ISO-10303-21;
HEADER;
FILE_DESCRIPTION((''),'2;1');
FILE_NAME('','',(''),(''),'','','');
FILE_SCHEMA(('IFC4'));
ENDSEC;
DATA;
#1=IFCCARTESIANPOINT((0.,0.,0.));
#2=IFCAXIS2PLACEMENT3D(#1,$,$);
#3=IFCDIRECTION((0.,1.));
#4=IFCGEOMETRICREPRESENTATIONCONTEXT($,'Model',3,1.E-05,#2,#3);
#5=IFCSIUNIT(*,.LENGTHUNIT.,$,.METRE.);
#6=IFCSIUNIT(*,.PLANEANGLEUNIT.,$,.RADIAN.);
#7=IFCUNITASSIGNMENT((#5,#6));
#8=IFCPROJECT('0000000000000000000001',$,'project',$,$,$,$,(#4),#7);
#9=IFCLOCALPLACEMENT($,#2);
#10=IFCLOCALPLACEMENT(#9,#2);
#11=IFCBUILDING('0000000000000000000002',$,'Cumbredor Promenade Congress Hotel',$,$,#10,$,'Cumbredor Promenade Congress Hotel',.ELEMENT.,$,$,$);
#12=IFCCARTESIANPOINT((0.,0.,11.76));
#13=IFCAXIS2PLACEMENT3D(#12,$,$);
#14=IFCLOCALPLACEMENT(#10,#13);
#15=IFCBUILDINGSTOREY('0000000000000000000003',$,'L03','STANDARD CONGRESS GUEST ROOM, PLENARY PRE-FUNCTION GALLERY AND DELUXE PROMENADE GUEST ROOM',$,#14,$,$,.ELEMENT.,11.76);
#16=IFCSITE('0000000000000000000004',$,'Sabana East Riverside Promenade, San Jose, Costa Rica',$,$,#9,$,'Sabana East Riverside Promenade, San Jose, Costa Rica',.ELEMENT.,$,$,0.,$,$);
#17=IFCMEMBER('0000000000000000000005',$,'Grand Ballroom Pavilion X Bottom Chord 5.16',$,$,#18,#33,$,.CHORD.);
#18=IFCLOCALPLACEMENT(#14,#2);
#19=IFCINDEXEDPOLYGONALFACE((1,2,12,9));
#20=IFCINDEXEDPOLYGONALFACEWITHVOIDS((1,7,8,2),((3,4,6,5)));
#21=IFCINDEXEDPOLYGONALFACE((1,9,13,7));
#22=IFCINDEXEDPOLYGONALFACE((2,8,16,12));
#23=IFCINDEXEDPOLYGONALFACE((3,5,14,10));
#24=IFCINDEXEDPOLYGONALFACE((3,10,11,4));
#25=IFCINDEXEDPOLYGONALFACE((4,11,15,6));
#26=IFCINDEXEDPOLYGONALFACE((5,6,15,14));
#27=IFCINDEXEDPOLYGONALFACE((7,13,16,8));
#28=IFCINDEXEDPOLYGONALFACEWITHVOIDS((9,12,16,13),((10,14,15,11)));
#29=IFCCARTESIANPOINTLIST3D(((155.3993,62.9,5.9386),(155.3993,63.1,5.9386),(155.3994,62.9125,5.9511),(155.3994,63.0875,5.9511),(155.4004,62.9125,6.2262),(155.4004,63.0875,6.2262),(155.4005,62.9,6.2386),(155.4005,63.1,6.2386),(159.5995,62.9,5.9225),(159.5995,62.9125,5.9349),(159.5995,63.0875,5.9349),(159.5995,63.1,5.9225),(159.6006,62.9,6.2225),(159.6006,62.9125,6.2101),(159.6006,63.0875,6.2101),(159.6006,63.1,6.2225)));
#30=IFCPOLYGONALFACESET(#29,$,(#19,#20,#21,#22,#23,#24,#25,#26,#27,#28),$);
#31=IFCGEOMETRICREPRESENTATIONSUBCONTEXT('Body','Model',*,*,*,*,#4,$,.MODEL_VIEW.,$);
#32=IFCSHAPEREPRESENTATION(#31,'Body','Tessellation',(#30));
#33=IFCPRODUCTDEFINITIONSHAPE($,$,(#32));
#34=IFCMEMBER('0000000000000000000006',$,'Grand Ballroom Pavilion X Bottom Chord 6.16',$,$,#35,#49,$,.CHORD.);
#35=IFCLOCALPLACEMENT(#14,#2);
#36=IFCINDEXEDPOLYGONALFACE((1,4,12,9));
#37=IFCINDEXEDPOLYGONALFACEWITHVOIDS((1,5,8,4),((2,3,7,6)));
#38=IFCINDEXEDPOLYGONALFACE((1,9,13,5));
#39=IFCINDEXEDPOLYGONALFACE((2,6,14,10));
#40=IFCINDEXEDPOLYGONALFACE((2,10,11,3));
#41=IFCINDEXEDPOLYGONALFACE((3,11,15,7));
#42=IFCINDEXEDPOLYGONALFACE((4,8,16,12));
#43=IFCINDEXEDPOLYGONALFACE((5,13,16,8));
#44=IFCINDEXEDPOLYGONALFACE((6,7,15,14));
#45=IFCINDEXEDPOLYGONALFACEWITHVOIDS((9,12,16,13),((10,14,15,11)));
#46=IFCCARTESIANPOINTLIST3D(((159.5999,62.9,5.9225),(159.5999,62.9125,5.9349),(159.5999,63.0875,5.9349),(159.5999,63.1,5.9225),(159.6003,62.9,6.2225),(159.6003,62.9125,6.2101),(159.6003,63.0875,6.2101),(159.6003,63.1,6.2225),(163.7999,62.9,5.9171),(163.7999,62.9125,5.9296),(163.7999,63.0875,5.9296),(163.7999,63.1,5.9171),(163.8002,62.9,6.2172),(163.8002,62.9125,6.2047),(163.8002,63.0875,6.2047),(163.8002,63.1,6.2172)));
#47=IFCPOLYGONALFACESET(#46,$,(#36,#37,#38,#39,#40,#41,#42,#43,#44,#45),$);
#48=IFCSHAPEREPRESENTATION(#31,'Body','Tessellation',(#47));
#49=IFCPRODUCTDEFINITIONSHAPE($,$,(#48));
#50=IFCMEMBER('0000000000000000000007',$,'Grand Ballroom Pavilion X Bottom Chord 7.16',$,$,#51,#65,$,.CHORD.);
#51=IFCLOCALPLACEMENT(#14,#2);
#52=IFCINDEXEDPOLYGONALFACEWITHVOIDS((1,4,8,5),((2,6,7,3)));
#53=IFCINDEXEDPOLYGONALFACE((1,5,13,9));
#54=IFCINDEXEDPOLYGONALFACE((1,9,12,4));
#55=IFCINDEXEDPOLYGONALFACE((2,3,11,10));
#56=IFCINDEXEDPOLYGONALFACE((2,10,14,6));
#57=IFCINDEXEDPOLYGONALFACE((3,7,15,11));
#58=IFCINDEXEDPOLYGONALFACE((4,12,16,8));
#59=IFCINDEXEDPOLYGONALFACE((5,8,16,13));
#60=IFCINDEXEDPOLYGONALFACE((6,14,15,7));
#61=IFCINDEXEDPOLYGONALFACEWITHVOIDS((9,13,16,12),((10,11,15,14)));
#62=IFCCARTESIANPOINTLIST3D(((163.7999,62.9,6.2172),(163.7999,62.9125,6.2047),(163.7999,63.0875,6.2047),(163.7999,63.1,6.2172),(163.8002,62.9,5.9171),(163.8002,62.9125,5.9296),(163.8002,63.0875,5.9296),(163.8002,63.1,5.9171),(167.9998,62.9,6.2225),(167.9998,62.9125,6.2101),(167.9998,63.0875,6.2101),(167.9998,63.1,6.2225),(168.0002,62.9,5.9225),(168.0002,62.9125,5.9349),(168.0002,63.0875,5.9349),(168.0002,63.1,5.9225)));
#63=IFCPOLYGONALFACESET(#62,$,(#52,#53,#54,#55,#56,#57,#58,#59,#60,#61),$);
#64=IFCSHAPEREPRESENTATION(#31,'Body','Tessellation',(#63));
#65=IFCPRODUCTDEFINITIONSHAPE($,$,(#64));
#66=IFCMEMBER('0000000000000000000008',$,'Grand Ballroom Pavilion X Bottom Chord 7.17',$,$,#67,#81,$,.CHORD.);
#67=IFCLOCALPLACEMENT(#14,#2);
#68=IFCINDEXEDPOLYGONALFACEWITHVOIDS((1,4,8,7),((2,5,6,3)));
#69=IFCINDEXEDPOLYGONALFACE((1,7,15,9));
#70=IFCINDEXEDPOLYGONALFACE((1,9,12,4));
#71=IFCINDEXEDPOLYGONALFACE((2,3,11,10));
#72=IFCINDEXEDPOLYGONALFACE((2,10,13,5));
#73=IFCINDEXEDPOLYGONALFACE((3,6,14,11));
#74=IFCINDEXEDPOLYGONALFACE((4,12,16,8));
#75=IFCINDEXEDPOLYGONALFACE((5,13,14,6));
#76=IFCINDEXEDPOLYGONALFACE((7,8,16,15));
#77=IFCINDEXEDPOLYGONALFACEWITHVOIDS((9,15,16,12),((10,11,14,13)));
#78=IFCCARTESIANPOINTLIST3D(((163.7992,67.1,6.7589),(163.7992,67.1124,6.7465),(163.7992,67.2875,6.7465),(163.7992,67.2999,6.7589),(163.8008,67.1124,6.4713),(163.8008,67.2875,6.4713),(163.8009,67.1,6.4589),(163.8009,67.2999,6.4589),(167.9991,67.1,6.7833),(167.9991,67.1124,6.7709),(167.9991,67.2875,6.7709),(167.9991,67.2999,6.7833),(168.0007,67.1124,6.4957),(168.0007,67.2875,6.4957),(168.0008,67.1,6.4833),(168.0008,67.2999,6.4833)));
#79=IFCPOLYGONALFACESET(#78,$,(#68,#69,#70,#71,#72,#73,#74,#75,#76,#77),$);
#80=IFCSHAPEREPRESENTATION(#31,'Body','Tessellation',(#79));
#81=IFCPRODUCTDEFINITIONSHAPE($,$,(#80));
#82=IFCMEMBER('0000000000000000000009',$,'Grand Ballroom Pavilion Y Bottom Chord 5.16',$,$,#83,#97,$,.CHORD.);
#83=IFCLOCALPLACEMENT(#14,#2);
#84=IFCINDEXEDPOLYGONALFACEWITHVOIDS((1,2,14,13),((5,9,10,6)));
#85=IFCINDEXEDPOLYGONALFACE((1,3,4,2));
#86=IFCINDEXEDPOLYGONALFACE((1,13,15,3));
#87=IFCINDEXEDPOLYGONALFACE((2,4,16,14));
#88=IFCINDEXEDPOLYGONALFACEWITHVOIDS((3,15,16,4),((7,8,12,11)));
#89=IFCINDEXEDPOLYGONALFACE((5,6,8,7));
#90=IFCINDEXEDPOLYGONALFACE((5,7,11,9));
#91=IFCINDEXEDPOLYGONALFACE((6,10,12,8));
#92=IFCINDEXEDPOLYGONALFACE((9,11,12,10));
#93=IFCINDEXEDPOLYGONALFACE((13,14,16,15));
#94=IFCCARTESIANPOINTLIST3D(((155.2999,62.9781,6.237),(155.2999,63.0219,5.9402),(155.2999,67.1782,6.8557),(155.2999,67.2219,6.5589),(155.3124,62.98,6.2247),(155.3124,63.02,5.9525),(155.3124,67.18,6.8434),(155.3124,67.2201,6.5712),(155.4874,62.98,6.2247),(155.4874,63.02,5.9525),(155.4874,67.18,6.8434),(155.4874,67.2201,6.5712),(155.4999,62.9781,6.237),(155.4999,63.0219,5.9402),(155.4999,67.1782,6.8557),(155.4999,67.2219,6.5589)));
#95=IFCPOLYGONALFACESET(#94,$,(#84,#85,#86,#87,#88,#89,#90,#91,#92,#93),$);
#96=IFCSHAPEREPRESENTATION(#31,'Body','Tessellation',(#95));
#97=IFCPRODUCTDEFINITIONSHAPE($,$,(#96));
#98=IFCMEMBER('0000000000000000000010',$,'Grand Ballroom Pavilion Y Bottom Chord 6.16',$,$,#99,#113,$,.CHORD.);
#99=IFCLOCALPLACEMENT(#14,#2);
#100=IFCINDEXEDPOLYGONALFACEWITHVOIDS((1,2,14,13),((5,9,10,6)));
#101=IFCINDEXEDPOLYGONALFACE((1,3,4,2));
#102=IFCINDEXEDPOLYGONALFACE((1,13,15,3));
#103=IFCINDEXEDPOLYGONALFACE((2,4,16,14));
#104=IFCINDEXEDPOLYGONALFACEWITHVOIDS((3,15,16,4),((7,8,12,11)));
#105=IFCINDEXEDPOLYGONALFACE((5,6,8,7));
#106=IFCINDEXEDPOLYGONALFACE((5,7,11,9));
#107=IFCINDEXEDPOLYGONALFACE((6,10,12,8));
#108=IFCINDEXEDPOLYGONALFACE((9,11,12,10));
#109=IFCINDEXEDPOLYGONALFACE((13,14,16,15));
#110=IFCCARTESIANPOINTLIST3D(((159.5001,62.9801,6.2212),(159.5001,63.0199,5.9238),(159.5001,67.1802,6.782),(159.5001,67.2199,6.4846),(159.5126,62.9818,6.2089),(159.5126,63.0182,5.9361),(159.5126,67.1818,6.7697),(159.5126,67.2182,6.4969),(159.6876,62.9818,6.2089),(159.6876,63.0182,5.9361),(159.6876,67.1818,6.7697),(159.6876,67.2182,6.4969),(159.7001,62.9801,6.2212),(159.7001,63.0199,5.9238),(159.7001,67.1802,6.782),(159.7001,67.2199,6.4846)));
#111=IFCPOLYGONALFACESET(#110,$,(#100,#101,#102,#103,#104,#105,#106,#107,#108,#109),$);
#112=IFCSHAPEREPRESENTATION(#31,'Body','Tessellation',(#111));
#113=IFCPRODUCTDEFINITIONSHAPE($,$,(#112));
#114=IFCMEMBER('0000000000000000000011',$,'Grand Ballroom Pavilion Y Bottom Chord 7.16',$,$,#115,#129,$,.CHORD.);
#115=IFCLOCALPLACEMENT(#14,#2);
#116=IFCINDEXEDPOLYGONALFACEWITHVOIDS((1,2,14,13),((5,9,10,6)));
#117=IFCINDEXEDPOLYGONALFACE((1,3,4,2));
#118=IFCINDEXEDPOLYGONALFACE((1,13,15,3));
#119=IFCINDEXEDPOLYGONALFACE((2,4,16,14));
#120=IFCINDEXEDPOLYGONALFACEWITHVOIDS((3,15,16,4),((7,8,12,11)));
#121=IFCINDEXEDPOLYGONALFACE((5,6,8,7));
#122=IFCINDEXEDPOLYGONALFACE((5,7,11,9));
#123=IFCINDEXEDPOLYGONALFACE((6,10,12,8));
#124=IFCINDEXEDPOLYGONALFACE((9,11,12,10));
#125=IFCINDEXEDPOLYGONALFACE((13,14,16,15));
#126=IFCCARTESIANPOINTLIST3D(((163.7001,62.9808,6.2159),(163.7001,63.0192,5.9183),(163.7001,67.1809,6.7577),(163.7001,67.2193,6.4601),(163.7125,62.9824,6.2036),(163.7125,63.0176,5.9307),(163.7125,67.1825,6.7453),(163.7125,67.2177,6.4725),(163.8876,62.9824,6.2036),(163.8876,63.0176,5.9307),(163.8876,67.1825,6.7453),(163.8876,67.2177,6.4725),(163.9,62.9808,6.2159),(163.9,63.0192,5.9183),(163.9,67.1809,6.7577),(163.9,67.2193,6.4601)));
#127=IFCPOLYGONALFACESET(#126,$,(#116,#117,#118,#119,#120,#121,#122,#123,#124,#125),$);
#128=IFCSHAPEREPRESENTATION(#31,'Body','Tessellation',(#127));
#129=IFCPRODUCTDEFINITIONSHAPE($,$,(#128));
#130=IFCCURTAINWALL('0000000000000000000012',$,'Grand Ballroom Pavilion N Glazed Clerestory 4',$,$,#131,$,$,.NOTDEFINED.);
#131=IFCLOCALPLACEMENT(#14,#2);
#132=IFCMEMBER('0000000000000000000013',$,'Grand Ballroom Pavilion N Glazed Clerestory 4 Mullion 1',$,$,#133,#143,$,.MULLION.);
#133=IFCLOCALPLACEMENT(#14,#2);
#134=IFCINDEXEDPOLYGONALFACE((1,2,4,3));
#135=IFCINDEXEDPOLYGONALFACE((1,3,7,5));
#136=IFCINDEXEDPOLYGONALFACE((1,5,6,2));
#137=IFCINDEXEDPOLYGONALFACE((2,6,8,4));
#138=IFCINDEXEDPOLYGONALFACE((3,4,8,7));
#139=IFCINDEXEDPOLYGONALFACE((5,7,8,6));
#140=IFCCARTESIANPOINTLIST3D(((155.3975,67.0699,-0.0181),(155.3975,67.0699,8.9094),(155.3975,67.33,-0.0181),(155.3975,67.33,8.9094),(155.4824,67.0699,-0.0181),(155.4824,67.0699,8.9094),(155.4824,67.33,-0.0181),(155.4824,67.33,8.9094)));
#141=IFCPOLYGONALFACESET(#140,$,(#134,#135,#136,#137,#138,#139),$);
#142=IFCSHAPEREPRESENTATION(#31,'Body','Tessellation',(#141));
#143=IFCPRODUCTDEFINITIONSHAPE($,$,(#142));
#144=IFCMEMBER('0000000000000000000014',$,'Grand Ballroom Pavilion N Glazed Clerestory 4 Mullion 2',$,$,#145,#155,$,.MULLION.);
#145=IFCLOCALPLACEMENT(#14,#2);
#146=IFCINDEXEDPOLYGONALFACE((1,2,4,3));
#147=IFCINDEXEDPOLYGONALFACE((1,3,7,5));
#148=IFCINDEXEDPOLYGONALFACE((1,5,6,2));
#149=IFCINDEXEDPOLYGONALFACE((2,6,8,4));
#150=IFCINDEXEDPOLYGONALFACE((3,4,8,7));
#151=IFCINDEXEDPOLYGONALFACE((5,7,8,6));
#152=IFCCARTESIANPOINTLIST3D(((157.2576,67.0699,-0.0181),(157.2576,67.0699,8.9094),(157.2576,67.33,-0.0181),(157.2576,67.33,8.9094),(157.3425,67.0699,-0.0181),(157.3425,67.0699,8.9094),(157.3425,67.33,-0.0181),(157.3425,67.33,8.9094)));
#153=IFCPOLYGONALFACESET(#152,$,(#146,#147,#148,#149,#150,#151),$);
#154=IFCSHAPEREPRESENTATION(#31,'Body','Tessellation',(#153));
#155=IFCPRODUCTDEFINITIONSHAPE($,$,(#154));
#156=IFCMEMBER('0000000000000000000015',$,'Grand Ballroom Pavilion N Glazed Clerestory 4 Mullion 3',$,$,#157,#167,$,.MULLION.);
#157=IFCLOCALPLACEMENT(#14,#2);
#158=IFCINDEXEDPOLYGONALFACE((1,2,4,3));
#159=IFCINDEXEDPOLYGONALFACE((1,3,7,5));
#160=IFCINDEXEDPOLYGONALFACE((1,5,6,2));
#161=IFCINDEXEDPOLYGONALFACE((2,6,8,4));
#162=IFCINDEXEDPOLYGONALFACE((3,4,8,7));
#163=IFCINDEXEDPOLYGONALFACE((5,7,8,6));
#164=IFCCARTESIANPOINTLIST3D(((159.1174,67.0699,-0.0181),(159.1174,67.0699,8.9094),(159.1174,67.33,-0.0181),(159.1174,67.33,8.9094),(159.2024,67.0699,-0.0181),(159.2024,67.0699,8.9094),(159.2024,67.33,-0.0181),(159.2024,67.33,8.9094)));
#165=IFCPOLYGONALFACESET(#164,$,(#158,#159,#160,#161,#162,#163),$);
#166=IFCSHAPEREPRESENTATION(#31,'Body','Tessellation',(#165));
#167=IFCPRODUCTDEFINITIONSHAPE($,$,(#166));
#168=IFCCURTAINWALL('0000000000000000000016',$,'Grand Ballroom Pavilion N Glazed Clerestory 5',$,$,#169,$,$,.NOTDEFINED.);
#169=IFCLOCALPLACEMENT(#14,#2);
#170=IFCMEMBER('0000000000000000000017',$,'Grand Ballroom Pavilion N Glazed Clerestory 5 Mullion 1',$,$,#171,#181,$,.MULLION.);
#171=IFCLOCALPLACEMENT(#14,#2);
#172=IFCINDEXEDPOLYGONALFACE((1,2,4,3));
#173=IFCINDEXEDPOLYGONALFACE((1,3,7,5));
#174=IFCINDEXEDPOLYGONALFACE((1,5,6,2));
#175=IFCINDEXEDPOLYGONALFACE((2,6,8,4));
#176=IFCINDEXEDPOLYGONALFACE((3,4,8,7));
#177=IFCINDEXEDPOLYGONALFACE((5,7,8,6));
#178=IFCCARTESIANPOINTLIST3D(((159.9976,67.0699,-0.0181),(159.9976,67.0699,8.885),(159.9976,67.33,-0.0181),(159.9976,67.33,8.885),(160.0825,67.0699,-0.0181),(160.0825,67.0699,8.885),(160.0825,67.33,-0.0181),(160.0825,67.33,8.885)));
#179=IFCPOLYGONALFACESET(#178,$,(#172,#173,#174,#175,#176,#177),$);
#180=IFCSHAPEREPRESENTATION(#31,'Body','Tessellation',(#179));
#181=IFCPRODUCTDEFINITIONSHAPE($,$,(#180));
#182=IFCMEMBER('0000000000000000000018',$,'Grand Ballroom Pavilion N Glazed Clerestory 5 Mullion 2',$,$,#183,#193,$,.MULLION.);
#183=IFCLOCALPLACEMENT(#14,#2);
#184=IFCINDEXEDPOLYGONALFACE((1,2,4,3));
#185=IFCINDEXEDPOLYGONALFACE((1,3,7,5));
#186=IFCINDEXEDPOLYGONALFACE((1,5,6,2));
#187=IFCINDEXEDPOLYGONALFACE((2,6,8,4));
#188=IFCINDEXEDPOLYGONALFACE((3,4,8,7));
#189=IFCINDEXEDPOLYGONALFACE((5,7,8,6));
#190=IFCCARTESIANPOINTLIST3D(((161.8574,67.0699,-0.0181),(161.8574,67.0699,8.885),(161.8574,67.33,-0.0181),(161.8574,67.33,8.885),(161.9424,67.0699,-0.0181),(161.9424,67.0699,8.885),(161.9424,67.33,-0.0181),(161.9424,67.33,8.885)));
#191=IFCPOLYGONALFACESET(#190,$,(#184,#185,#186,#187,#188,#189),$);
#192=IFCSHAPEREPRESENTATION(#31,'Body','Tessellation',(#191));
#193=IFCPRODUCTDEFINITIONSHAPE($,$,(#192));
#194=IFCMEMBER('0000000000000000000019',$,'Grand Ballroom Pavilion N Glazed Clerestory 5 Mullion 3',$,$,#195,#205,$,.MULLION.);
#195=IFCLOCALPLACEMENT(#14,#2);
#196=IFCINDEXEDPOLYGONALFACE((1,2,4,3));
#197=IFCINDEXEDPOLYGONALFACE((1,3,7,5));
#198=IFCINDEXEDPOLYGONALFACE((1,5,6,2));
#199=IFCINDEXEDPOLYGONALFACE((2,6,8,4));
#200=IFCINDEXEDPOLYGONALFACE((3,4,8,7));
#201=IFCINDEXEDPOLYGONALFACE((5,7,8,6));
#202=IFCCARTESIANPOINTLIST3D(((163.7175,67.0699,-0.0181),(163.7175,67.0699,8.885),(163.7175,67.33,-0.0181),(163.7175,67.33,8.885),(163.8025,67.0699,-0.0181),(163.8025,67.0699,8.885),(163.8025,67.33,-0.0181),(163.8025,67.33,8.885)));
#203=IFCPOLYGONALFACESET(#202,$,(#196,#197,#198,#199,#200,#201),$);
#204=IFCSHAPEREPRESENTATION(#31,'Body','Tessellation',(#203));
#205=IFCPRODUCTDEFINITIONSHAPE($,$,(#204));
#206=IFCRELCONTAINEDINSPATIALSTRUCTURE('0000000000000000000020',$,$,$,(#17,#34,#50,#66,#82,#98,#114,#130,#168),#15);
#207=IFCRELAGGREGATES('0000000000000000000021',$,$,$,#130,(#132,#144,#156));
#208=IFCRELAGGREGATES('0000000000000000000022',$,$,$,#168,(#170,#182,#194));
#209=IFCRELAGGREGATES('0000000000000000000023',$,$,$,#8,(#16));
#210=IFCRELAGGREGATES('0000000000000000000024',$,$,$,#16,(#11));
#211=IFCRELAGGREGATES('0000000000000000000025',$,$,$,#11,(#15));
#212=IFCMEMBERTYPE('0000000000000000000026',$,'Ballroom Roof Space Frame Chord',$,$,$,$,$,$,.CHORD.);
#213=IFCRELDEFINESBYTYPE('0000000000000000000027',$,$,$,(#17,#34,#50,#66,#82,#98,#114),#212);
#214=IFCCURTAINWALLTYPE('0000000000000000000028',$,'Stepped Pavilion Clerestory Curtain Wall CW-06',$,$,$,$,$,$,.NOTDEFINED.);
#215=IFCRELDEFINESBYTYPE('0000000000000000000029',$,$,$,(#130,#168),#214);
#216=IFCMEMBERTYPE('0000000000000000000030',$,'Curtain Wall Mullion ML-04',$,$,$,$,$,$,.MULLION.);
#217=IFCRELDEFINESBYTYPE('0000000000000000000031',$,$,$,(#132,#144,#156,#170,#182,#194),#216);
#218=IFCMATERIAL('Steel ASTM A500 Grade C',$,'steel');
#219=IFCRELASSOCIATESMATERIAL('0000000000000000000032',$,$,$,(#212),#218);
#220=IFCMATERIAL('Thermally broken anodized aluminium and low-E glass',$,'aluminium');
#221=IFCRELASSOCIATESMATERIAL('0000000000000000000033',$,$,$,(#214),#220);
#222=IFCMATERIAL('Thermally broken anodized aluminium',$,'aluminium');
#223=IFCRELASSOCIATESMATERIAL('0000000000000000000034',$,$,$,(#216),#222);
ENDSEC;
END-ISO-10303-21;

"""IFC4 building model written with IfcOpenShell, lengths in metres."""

from ifc_helpers import new_model, si_unit, direction, frame, origin, origin_2d, place, context, subcontext, project, spatial, rectangle, hollow_rectangle, extrude, material, material_profile, profile_set, type_object, element, aggregate, save


model = new_model("IFC4")

# Units and contexts
model_context = context("Model", 3, precision=1e-05, world=origin(), true_north=direction((0.0, 1.0)))
body_context = subcontext(model_context, "Body", "Model", "MODEL_VIEW")
ifc_project = project(units=[si_unit("LENGTHUNIT", "METRE"), si_unit("PLANEANGLEUNIT", "RADIAN")], contexts=[model_context])

# Site, building, storey
site_placement = place(None, origin())
site = spatial("IfcSite", under=ifc_project, at=site_placement, Name="Sabana East Riverside Promenade, San Jose, Costa Rica", LongName="Sabana East Riverside Promenade, San Jose, Costa Rica", CompositionType="ELEMENT", RefElevation=0.0)
building_placement = place(site_placement, origin())
building = spatial("IfcBuilding", under=site, at=building_placement, Name="Cumbredor Promenade Congress Hotel", LongName="Cumbredor Promenade Congress Hotel", CompositionType="ELEMENT")
storey_placement = place(building_placement, frame((0.0, 0.0, 11.76)))
storey = spatial("IfcBuildingStorey", under=building, at=storey_placement, Name="L03", Description="STANDARD CONGRESS GUEST ROOM, PLENARY PRE-FUNCTION GALLERY AND DELUXE PROMENADE GUEST ROOM", CompositionType="ELEMENT", Elevation=11.76)

# Members
ifc_material_1 = material(Name="Steel ASTM A500 Grade C", Category="steel")
ifc_material_profile_1 = material_profile(ifc_material_1, hollow_rectangle(XDim=0.2, YDim=0.3, WallThickness=0.0125, at=origin_2d()), Name="HSS 300x200x12.5")
ifc_profile_set_1 = profile_set([ifc_material_profile_1], Name="Steel ASTM A500 Grade C")
member_type_1 = type_object("IfcMemberType", Name="Ballroom Roof Space Frame Chord", PredefinedType="CHORD", material=ifc_profile_set_1)
member_1_placement = place(storey_placement, frame((155.3999, 63.0, 6.0886), z_axis=(0.999993, 0.0, -0.003836), x_axis=(0.0, 1.0, 0.0)))
element("IfcMember", 1, at=member_1_placement, inside=storey, type_object=member_type_1, Name="Grand Ballroom Pavilion X Bottom Chord 5.16", PredefinedType="CHORD", context=body_context, shape_type="SweptSolid", body=[
    extrude(hollow_rectangle(XDim=0.2, YDim=0.3, WallThickness=0.0125, at=origin_2d()), origin(), (0.0, 0.0, 1.0), 4.2002),
])
for number, where, z_axis, x_axis, name in (
    (2, (159.6001, 63.0, 6.0725), (0.999999, 0.0, -0.001279), (0.0, 1.0, 0.0), "Grand Ballroom Pavilion X Bottom Chord 6.16"),
    (3, (163.8, 63.0, 6.0671), (0.999999, 0.0, 0.001279), (0.0, 1.0, 0.0), "Grand Ballroom Pavilion X Bottom Chord 7.16"),
    (4, (163.8, 67.2, 6.6089), (0.999983, 0.0, 0.005813), (0.0, 1.0, 0.0), "Grand Ballroom Pavilion X Bottom Chord 7.17"),
):
    element("IfcMember", number, at=place(storey_placement, frame(where, z_axis=z_axis, x_axis=x_axis)), inside=storey, type_object=member_type_1, Name=name, PredefinedType="CHORD", context=body_context, shape_type="SweptSolid", body=[
        extrude(hollow_rectangle(XDim=0.2, YDim=0.3, WallThickness=0.0125, at=origin_2d()), origin(), (0.0, 0.0, 1.0), 4.2),
    ])
member_2_placement = place(storey_placement, frame((155.3999, 63.0, 6.0886), z_axis=(0.0, 0.989325, 0.145727), x_axis=(-1.0, 0.0, 0.0)))
element("IfcMember", 5, at=member_2_placement, inside=storey, type_object=member_type_1, Name="Grand Ballroom Pavilion Y Bottom Chord 5.16", PredefinedType="CHORD", context=body_context, shape_type="SweptSolid", body=[
    extrude(hollow_rectangle(XDim=0.2, YDim=0.3, WallThickness=0.0125, at=origin_2d()), origin(), (0.0, 0.0, 1.0), 4.2454),
])
member_3_placement = place(storey_placement, frame((159.6001, 63.0, 6.0725), z_axis=(0.0, 0.991203, 0.132349), x_axis=(-1.0, 0.0, 0.0)))
element("IfcMember", 6, at=member_3_placement, inside=storey, type_object=member_type_1, Name="Grand Ballroom Pavilion Y Bottom Chord 6.16", PredefinedType="CHORD", context=body_context, shape_type="SweptSolid", body=[
    extrude(hollow_rectangle(XDim=0.2, YDim=0.3, WallThickness=0.0125, at=origin_2d()), origin(), (0.0, 0.0, 1.0), 4.2373),
])
member_4_placement = place(storey_placement, frame((163.8, 63.0, 6.0671), z_axis=(0.0, 0.991783, 0.127929), x_axis=(-1.0, 0.0, 0.0)))
element("IfcMember", 7, at=member_4_placement, inside=storey, type_object=member_type_1, Name="Grand Ballroom Pavilion Y Bottom Chord 7.16", PredefinedType="CHORD", context=body_context, shape_type="SweptSolid", body=[
    extrude(hollow_rectangle(XDim=0.2, YDim=0.3, WallThickness=0.0125, at=origin_2d()), origin(), (0.0, 0.0, 1.0), 4.2349),
])

# Curtain walls, members
ifc_material_2 = material(Name="Thermally broken anodized aluminium and low-E glass", Category="aluminium")
curtain_wall_type = type_object("IfcCurtainWallType", Name="Stepped Pavilion Clerestory Curtain Wall CW-06", PredefinedType="NOTDEFINED", material=ifc_material_2)
curtain_wall_1_placement = place(storey_placement, origin())
curtain_wall_1 = element("IfcCurtainWall", 8, at=curtain_wall_1_placement, inside=storey, type_object=curtain_wall_type, Name="Grand Ballroom Pavilion N Glazed Clerestory 4", PredefinedType="NOTDEFINED")
ifc_material_3 = material(Name="Thermally broken anodized aluminium", Category="aluminium")
ifc_material_profile_2 = material_profile(ifc_material_3, rectangle(XDim=0.085, YDim=0.26, at=origin_2d()), Name="ALU MULLION CLERESTORY 85x260")
ifc_profile_set_2 = profile_set([ifc_material_profile_2], Name="Thermally broken anodized aluminium")
member_type_2 = type_object("IfcMemberType", Name="Curtain Wall Mullion ML-04", PredefinedType="MULLION", material=ifc_profile_set_2)
member_5_placement = place(storey_placement, frame((155.4399, 67.2, -0.0181), z_axis=(0.0, 0.0, 1.0), x_axis=(1.0, 0.0, 0.0)))
member_5 = element("IfcMember", 9, at=member_5_placement, type_object=member_type_2, Name="Grand Ballroom Pavilion N Glazed Clerestory 4 Mullion 1", PredefinedType="MULLION", context=body_context, shape_type="SweptSolid", body=[
    extrude(rectangle(XDim=0.085, YDim=0.26, at=origin_2d()), origin(), (0.0, 0.0, 1.0), 8.9275),
])
member_6_placement = place(storey_placement, frame((157.3, 67.2, -0.0181), z_axis=(0.0, 0.0, 1.0), x_axis=(1.0, 0.0, 0.0)))
member_6 = element("IfcMember", 10, at=member_6_placement, type_object=member_type_2, Name="Grand Ballroom Pavilion N Glazed Clerestory 4 Mullion 2", PredefinedType="MULLION", context=body_context, shape_type="SweptSolid", body=[
    extrude(rectangle(XDim=0.085, YDim=0.26, at=origin_2d()), origin(), (0.0, 0.0, 1.0), 8.9275),
])
member_7_placement = place(storey_placement, frame((159.1599, 67.2, -0.0181), z_axis=(0.0, 0.0, 1.0), x_axis=(1.0, 0.0, 0.0)))
member_7 = element("IfcMember", 11, at=member_7_placement, type_object=member_type_2, Name="Grand Ballroom Pavilion N Glazed Clerestory 4 Mullion 3", PredefinedType="MULLION", context=body_context, shape_type="SweptSolid", body=[
    extrude(rectangle(XDim=0.085, YDim=0.26, at=origin_2d()), origin(), (0.0, 0.0, 1.0), 8.9275),
])
curtain_wall_2_placement = place(storey_placement, origin())
curtain_wall_2 = element("IfcCurtainWall", 12, at=curtain_wall_2_placement, inside=storey, type_object=curtain_wall_type, Name="Grand Ballroom Pavilion N Glazed Clerestory 5", PredefinedType="NOTDEFINED")
member_8_placement = place(storey_placement, frame((160.04, 67.2, -0.0181), z_axis=(0.0, 0.0, 1.0), x_axis=(1.0, 0.0, 0.0)))
member_8 = element("IfcMember", 13, at=member_8_placement, type_object=member_type_2, Name="Grand Ballroom Pavilion N Glazed Clerestory 5 Mullion 1", PredefinedType="MULLION", context=body_context, shape_type="SweptSolid", body=[
    extrude(rectangle(XDim=0.085, YDim=0.26, at=origin_2d()), origin(), (0.0, 0.0, 1.0), 8.9031),
])
member_9_placement = place(storey_placement, frame((161.8999, 67.2, -0.0181), z_axis=(0.0, 0.0, 1.0), x_axis=(1.0, 0.0, 0.0)))
member_9 = element("IfcMember", 14, at=member_9_placement, type_object=member_type_2, Name="Grand Ballroom Pavilion N Glazed Clerestory 5 Mullion 2", PredefinedType="MULLION", context=body_context, shape_type="SweptSolid", body=[
    extrude(rectangle(XDim=0.085, YDim=0.26, at=origin_2d()), origin(), (0.0, 0.0, 1.0), 8.9031),
])
member_10_placement = place(storey_placement, frame((163.76, 67.2, -0.0181), z_axis=(0.0, 0.0, 1.0), x_axis=(1.0, 0.0, 0.0)))
member_10 = element("IfcMember", 15, at=member_10_placement, type_object=member_type_2, Name="Grand Ballroom Pavilion N Glazed Clerestory 5 Mullion 3", PredefinedType="MULLION", context=body_context, shape_type="SweptSolid", body=[
    extrude(rectangle(XDim=0.085, YDim=0.26, at=origin_2d()), origin(), (0.0, 0.0, 1.0), 8.9031),
])

aggregate(curtain_wall_1, [member_5, member_6, member_7])
aggregate(curtain_wall_2, [member_8, member_9, member_10])

save(model, "model.ifc")
